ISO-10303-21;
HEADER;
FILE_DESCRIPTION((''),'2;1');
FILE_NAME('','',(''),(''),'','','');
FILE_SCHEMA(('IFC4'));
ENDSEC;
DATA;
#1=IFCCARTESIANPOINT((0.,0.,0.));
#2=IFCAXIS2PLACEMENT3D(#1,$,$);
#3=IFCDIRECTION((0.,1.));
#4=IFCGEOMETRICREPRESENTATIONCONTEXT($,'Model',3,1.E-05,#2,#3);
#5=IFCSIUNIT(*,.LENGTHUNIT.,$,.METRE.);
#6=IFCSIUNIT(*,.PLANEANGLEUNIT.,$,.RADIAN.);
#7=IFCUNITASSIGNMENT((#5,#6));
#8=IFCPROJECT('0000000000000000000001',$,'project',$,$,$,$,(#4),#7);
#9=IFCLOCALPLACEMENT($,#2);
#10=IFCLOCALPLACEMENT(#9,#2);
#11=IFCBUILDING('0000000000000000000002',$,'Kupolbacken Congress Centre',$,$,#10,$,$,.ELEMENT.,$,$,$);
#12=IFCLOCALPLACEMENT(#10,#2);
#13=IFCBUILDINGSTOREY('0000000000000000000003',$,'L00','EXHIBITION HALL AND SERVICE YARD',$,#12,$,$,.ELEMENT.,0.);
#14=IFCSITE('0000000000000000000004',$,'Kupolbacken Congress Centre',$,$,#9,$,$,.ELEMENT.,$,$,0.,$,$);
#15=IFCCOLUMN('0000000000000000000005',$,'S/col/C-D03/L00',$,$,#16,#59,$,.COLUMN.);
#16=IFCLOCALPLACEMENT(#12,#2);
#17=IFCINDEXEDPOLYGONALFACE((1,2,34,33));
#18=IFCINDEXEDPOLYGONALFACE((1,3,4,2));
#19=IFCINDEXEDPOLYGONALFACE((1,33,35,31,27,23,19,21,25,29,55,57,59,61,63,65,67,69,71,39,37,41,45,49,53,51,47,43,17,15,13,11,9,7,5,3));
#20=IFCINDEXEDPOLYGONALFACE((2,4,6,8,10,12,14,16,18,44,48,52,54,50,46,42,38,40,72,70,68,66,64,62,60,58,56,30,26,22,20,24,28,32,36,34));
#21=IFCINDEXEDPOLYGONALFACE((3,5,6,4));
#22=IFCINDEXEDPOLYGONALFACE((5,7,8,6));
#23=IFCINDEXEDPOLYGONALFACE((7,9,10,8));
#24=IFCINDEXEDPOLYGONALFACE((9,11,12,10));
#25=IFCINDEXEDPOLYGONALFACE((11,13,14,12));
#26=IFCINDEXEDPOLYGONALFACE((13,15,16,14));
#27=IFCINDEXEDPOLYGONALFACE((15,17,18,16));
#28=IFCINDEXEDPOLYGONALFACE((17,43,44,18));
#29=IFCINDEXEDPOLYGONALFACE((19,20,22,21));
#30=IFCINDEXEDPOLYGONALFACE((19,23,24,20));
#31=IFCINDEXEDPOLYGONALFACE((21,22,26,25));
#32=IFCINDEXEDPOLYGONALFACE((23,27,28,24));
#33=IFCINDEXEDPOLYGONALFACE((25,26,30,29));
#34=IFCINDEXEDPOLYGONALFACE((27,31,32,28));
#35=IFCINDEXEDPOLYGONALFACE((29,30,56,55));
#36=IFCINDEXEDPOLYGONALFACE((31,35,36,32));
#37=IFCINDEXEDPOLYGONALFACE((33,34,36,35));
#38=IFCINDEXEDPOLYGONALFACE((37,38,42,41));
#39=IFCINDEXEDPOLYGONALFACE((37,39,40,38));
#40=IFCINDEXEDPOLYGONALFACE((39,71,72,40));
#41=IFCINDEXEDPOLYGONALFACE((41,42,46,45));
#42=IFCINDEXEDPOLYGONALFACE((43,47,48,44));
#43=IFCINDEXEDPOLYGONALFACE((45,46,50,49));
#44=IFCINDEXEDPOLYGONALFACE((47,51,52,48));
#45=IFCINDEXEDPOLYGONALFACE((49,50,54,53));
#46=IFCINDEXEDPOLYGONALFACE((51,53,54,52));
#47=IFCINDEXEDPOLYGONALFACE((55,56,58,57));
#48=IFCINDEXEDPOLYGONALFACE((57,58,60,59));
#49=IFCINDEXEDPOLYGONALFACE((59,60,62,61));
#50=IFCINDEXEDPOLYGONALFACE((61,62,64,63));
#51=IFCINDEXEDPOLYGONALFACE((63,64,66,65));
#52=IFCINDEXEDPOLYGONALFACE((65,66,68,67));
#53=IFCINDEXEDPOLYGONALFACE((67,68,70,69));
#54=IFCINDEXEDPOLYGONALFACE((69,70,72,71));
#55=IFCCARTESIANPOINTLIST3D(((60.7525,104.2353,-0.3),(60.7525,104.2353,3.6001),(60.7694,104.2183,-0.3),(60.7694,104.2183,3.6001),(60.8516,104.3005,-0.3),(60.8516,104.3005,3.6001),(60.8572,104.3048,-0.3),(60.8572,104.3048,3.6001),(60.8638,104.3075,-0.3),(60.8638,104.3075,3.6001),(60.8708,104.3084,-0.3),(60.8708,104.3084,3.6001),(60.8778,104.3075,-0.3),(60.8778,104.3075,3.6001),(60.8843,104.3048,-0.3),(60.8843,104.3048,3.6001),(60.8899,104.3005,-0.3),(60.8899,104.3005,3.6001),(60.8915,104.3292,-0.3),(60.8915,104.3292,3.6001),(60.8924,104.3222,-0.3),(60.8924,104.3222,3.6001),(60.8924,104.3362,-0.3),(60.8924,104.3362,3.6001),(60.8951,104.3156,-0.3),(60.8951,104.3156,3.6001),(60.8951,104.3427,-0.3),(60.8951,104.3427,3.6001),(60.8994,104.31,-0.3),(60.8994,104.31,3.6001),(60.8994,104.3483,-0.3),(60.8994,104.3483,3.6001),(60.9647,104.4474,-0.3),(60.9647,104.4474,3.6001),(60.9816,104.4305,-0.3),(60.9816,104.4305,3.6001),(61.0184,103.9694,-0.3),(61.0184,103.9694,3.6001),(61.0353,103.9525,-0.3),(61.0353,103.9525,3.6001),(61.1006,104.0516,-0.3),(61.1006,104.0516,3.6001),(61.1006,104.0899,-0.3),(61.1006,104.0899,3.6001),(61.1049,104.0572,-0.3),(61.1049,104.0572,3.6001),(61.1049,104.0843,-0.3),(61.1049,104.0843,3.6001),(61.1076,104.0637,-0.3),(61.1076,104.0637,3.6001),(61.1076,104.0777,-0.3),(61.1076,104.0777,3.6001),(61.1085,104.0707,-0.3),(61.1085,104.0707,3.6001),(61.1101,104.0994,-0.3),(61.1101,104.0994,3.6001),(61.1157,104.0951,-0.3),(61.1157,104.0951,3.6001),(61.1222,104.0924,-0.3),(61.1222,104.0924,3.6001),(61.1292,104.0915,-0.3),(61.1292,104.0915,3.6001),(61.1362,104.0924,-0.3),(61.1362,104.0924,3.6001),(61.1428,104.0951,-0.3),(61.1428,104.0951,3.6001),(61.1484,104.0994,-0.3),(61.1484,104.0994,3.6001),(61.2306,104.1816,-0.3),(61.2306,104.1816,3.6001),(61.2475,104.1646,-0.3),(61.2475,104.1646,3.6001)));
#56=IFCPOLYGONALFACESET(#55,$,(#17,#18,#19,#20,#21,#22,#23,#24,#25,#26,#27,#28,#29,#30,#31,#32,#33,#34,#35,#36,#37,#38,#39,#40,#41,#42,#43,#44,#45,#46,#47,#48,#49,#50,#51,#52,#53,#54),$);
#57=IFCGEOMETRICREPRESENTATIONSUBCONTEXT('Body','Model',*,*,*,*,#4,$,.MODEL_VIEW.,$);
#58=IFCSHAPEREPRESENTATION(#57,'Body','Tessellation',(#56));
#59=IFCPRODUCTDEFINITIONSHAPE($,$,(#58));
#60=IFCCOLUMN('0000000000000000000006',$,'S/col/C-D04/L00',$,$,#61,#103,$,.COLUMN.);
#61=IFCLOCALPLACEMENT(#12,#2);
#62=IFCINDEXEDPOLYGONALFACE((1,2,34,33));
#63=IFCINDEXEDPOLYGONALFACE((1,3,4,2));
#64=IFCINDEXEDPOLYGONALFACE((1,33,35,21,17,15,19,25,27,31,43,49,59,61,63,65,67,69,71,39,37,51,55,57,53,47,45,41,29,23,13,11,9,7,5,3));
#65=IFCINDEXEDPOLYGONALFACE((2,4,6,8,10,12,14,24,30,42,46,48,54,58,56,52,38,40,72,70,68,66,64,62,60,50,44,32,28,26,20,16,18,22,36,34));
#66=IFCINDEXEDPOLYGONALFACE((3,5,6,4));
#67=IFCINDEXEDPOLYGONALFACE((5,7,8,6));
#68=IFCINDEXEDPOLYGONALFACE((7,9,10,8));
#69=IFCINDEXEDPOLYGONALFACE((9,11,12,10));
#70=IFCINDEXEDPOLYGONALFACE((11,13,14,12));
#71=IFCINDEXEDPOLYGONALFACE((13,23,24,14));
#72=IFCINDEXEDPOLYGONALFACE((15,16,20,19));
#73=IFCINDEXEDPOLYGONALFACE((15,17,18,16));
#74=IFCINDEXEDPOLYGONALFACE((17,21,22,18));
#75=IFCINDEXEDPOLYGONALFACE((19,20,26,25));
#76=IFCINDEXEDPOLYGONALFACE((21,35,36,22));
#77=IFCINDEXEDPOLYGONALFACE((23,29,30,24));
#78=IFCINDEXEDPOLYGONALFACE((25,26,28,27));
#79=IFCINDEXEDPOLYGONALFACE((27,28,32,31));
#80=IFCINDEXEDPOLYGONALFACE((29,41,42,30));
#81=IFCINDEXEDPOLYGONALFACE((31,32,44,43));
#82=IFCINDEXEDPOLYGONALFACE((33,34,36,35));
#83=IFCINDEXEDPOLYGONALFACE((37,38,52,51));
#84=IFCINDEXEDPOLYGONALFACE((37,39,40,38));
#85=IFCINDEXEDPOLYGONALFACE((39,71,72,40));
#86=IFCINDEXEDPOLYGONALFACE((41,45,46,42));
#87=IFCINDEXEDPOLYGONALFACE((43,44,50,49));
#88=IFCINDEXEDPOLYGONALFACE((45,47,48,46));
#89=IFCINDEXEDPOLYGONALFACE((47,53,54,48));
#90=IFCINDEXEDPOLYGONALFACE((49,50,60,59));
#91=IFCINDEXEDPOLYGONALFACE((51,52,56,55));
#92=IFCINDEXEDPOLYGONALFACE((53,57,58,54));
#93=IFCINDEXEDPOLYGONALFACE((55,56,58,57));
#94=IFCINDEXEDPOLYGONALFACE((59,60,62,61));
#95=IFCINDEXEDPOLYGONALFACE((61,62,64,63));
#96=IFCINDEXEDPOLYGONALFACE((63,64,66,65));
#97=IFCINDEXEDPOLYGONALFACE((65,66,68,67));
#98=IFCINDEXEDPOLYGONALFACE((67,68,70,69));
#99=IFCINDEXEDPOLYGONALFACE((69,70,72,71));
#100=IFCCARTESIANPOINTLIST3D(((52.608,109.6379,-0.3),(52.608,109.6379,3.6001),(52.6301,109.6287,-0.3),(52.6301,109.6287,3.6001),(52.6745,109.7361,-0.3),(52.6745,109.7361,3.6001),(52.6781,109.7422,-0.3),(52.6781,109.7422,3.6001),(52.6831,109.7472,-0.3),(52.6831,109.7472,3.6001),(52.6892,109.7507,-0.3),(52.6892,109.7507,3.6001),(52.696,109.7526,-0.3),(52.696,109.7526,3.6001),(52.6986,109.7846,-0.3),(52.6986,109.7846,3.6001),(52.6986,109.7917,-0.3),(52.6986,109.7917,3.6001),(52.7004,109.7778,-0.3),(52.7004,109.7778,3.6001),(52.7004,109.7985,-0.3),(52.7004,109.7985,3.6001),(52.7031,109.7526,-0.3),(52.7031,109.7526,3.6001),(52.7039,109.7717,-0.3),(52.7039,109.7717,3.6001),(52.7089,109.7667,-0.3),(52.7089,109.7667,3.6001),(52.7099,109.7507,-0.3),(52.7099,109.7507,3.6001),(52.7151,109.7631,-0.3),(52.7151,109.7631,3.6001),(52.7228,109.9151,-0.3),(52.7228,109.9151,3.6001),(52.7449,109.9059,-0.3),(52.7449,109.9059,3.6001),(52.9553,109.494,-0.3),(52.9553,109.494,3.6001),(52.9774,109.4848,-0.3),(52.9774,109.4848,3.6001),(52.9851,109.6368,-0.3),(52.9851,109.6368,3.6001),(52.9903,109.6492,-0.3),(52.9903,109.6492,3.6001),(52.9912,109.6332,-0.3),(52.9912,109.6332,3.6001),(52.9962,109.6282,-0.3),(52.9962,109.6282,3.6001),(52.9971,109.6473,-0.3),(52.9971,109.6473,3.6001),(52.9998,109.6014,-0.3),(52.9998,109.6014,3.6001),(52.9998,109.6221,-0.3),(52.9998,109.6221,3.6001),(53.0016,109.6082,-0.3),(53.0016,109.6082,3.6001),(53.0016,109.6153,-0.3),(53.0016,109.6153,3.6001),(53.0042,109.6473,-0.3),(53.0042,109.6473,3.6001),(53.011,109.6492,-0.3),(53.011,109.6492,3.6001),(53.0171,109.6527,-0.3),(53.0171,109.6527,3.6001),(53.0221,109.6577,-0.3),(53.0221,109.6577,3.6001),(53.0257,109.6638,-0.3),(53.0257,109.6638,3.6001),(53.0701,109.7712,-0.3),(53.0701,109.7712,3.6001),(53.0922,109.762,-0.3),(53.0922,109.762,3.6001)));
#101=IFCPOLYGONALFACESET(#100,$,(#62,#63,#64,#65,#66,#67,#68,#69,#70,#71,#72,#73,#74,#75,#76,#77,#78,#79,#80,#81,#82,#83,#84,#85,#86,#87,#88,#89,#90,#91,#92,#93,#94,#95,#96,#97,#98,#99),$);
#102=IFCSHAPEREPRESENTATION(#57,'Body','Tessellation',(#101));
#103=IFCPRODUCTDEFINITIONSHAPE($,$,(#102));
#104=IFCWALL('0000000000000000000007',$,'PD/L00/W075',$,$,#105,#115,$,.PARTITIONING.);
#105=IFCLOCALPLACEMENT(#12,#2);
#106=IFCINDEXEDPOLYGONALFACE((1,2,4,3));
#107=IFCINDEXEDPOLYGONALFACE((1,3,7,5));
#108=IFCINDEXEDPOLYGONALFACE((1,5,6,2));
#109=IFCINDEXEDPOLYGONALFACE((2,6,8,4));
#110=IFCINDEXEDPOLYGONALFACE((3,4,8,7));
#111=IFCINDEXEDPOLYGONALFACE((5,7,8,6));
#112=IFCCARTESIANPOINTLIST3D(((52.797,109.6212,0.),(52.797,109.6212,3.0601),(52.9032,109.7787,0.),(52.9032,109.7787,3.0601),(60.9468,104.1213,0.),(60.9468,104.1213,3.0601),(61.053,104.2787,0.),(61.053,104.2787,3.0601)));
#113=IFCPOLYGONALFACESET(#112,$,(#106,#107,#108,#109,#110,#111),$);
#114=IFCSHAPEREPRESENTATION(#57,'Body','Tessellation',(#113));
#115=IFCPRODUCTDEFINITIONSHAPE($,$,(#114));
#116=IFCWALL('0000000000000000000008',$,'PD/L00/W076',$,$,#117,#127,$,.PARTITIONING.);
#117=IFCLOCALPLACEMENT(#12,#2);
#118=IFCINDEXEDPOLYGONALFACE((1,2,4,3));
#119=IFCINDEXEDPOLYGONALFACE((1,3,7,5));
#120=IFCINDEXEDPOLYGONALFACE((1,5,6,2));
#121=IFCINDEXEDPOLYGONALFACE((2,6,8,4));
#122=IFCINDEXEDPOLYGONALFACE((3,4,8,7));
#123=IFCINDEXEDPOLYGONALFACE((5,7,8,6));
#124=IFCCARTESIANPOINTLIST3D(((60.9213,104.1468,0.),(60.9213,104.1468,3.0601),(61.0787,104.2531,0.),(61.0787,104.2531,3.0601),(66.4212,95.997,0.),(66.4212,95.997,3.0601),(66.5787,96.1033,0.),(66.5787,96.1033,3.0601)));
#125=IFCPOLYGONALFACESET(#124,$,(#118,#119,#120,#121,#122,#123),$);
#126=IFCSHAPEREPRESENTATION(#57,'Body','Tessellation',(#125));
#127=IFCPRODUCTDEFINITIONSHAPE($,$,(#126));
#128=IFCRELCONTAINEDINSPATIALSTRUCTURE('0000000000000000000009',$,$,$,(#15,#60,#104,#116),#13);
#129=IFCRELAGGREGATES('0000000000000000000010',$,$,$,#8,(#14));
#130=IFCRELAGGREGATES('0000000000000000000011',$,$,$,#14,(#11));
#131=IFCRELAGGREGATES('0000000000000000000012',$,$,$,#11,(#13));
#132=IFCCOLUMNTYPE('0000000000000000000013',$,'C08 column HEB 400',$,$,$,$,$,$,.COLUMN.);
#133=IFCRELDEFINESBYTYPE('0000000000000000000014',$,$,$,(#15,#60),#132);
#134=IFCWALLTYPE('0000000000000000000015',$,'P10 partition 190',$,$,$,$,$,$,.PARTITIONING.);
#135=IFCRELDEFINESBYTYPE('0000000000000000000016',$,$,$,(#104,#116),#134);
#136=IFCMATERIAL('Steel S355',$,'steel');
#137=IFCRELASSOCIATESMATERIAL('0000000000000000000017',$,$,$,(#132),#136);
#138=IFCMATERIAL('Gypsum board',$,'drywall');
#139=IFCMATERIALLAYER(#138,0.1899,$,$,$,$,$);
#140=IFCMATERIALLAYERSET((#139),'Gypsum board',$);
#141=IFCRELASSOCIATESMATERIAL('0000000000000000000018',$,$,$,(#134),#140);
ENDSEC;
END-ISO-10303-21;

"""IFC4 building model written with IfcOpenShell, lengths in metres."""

from ifc_helpers import new_model, si_unit, direction, frame, frame_2d, origin, origin_2d, place, context, subcontext, project, spatial, rectangle, i_section, extrude, material, layer, layer_set, material_profile, profile_set, type_object, element, save


model = new_model("IFC4")

# Units and contexts
model_context = context("Model", 3, precision=1e-05, world=origin(), true_north=direction((0.0, 1.0)))
body_context = subcontext(model_context, "Body", "Model", "MODEL_VIEW")
ifc_project = project(units=[si_unit("LENGTHUNIT", "METRE"), si_unit("PLANEANGLEUNIT", "RADIAN")], contexts=[model_context])

# Site, building, storey
site_placement = place(None, origin())
site = spatial("IfcSite", under=ifc_project, at=site_placement, Name="Kupolbacken Congress Centre", CompositionType="ELEMENT", RefElevation=0.0)
building_placement = place(site_placement, origin())
building = spatial("IfcBuilding", under=site, at=building_placement, Name="Kupolbacken Congress Centre", CompositionType="ELEMENT")
storey_placement = place(building_placement, origin())
storey = spatial("IfcBuildingStorey", under=building, at=storey_placement, Name="L00", Description="EXHIBITION HALL AND SERVICE YARD", CompositionType="ELEMENT", Elevation=0.0)

# Columns
ifc_material_1 = material(Name="Steel S355", Category="steel")
ifc_material_profile_1 = material_profile(ifc_material_1, i_section(OverallWidth=0.3, OverallDepth=0.3999, WebThickness=0.0134, FlangeThickness=0.0239, FilletRadius=0.0271, at=origin_2d()), Name="HEB 400")
ifc_profile_set_1 = profile_set([ifc_material_profile_1], Name="Steel S355")
column_type_1 = type_object("IfcColumnType", Name="C08 column HEB 400", PredefinedType="COLUMN", material=ifc_profile_set_1)
for number, where, z_axis, x_axis, name in (
    (1, (61.0, 104.2, -0.3), (0.0, 0.0, 1.0), (0.707107, 0.707107, 0.0), "S/col/C-D03/L00"),
    (2, (52.8501, 109.7, -0.3), (0.0, 0.0, 1.0), (0.382644, 0.923896, 0.0), "S/col/C-D04/L00"),
):
    element("IfcColumn", number, at=place(storey_placement, frame(where, z_axis=z_axis, x_axis=x_axis)), inside=storey, type_object=column_type_1, Name=name, PredefinedType="COLUMN", context=body_context, shape_type="SweptSolid", body=[
        extrude(i_section(OverallWidth=0.3, OverallDepth=0.3999, WebThickness=0.0134, FlangeThickness=0.0239, FilletRadius=0.0271, at=origin_2d()), origin(), (0.0, 0.0, 1.0), 3.9001),
    ])

# Walls
ifc_material_2 = material(Name="Gypsum board", Category="drywall")
ifc_layer_1 = layer(ifc_material_2, 0.1899)
ifc_layer_set_1 = layer_set([ifc_layer_1], Name="Gypsum board")
wall_type = type_object("IfcWallType", Name="P10 partition 190", PredefinedType="PARTITIONING", material=ifc_layer_set_1)
for number, where, z_axis, x_axis, name in (
    (3, (52.8501, 109.7, 0.0), (0.0, 0.0, 1.0), (0.828905, -0.55939, 0.0), "PD/L00/W075"),
    (4, (61.0, 104.2, 0.0), (0.0, 0.0, 1.0), (0.55939, -0.828905, 0.0), "PD/L00/W076"),
):
    element("IfcWall", number, at=place(storey_placement, frame(where, z_axis=z_axis, x_axis=x_axis)), inside=storey, type_object=wall_type, Name=name, PredefinedType="PARTITIONING", context=body_context, shape_type="SweptSolid", body=[
        extrude(rectangle(XDim=9.832, YDim=0.1899, at=frame_2d((4.916, 0.0))), origin(), (0.0, 0.0, 1.0), 3.0601),
    ])

save(model, "model.ifc")
